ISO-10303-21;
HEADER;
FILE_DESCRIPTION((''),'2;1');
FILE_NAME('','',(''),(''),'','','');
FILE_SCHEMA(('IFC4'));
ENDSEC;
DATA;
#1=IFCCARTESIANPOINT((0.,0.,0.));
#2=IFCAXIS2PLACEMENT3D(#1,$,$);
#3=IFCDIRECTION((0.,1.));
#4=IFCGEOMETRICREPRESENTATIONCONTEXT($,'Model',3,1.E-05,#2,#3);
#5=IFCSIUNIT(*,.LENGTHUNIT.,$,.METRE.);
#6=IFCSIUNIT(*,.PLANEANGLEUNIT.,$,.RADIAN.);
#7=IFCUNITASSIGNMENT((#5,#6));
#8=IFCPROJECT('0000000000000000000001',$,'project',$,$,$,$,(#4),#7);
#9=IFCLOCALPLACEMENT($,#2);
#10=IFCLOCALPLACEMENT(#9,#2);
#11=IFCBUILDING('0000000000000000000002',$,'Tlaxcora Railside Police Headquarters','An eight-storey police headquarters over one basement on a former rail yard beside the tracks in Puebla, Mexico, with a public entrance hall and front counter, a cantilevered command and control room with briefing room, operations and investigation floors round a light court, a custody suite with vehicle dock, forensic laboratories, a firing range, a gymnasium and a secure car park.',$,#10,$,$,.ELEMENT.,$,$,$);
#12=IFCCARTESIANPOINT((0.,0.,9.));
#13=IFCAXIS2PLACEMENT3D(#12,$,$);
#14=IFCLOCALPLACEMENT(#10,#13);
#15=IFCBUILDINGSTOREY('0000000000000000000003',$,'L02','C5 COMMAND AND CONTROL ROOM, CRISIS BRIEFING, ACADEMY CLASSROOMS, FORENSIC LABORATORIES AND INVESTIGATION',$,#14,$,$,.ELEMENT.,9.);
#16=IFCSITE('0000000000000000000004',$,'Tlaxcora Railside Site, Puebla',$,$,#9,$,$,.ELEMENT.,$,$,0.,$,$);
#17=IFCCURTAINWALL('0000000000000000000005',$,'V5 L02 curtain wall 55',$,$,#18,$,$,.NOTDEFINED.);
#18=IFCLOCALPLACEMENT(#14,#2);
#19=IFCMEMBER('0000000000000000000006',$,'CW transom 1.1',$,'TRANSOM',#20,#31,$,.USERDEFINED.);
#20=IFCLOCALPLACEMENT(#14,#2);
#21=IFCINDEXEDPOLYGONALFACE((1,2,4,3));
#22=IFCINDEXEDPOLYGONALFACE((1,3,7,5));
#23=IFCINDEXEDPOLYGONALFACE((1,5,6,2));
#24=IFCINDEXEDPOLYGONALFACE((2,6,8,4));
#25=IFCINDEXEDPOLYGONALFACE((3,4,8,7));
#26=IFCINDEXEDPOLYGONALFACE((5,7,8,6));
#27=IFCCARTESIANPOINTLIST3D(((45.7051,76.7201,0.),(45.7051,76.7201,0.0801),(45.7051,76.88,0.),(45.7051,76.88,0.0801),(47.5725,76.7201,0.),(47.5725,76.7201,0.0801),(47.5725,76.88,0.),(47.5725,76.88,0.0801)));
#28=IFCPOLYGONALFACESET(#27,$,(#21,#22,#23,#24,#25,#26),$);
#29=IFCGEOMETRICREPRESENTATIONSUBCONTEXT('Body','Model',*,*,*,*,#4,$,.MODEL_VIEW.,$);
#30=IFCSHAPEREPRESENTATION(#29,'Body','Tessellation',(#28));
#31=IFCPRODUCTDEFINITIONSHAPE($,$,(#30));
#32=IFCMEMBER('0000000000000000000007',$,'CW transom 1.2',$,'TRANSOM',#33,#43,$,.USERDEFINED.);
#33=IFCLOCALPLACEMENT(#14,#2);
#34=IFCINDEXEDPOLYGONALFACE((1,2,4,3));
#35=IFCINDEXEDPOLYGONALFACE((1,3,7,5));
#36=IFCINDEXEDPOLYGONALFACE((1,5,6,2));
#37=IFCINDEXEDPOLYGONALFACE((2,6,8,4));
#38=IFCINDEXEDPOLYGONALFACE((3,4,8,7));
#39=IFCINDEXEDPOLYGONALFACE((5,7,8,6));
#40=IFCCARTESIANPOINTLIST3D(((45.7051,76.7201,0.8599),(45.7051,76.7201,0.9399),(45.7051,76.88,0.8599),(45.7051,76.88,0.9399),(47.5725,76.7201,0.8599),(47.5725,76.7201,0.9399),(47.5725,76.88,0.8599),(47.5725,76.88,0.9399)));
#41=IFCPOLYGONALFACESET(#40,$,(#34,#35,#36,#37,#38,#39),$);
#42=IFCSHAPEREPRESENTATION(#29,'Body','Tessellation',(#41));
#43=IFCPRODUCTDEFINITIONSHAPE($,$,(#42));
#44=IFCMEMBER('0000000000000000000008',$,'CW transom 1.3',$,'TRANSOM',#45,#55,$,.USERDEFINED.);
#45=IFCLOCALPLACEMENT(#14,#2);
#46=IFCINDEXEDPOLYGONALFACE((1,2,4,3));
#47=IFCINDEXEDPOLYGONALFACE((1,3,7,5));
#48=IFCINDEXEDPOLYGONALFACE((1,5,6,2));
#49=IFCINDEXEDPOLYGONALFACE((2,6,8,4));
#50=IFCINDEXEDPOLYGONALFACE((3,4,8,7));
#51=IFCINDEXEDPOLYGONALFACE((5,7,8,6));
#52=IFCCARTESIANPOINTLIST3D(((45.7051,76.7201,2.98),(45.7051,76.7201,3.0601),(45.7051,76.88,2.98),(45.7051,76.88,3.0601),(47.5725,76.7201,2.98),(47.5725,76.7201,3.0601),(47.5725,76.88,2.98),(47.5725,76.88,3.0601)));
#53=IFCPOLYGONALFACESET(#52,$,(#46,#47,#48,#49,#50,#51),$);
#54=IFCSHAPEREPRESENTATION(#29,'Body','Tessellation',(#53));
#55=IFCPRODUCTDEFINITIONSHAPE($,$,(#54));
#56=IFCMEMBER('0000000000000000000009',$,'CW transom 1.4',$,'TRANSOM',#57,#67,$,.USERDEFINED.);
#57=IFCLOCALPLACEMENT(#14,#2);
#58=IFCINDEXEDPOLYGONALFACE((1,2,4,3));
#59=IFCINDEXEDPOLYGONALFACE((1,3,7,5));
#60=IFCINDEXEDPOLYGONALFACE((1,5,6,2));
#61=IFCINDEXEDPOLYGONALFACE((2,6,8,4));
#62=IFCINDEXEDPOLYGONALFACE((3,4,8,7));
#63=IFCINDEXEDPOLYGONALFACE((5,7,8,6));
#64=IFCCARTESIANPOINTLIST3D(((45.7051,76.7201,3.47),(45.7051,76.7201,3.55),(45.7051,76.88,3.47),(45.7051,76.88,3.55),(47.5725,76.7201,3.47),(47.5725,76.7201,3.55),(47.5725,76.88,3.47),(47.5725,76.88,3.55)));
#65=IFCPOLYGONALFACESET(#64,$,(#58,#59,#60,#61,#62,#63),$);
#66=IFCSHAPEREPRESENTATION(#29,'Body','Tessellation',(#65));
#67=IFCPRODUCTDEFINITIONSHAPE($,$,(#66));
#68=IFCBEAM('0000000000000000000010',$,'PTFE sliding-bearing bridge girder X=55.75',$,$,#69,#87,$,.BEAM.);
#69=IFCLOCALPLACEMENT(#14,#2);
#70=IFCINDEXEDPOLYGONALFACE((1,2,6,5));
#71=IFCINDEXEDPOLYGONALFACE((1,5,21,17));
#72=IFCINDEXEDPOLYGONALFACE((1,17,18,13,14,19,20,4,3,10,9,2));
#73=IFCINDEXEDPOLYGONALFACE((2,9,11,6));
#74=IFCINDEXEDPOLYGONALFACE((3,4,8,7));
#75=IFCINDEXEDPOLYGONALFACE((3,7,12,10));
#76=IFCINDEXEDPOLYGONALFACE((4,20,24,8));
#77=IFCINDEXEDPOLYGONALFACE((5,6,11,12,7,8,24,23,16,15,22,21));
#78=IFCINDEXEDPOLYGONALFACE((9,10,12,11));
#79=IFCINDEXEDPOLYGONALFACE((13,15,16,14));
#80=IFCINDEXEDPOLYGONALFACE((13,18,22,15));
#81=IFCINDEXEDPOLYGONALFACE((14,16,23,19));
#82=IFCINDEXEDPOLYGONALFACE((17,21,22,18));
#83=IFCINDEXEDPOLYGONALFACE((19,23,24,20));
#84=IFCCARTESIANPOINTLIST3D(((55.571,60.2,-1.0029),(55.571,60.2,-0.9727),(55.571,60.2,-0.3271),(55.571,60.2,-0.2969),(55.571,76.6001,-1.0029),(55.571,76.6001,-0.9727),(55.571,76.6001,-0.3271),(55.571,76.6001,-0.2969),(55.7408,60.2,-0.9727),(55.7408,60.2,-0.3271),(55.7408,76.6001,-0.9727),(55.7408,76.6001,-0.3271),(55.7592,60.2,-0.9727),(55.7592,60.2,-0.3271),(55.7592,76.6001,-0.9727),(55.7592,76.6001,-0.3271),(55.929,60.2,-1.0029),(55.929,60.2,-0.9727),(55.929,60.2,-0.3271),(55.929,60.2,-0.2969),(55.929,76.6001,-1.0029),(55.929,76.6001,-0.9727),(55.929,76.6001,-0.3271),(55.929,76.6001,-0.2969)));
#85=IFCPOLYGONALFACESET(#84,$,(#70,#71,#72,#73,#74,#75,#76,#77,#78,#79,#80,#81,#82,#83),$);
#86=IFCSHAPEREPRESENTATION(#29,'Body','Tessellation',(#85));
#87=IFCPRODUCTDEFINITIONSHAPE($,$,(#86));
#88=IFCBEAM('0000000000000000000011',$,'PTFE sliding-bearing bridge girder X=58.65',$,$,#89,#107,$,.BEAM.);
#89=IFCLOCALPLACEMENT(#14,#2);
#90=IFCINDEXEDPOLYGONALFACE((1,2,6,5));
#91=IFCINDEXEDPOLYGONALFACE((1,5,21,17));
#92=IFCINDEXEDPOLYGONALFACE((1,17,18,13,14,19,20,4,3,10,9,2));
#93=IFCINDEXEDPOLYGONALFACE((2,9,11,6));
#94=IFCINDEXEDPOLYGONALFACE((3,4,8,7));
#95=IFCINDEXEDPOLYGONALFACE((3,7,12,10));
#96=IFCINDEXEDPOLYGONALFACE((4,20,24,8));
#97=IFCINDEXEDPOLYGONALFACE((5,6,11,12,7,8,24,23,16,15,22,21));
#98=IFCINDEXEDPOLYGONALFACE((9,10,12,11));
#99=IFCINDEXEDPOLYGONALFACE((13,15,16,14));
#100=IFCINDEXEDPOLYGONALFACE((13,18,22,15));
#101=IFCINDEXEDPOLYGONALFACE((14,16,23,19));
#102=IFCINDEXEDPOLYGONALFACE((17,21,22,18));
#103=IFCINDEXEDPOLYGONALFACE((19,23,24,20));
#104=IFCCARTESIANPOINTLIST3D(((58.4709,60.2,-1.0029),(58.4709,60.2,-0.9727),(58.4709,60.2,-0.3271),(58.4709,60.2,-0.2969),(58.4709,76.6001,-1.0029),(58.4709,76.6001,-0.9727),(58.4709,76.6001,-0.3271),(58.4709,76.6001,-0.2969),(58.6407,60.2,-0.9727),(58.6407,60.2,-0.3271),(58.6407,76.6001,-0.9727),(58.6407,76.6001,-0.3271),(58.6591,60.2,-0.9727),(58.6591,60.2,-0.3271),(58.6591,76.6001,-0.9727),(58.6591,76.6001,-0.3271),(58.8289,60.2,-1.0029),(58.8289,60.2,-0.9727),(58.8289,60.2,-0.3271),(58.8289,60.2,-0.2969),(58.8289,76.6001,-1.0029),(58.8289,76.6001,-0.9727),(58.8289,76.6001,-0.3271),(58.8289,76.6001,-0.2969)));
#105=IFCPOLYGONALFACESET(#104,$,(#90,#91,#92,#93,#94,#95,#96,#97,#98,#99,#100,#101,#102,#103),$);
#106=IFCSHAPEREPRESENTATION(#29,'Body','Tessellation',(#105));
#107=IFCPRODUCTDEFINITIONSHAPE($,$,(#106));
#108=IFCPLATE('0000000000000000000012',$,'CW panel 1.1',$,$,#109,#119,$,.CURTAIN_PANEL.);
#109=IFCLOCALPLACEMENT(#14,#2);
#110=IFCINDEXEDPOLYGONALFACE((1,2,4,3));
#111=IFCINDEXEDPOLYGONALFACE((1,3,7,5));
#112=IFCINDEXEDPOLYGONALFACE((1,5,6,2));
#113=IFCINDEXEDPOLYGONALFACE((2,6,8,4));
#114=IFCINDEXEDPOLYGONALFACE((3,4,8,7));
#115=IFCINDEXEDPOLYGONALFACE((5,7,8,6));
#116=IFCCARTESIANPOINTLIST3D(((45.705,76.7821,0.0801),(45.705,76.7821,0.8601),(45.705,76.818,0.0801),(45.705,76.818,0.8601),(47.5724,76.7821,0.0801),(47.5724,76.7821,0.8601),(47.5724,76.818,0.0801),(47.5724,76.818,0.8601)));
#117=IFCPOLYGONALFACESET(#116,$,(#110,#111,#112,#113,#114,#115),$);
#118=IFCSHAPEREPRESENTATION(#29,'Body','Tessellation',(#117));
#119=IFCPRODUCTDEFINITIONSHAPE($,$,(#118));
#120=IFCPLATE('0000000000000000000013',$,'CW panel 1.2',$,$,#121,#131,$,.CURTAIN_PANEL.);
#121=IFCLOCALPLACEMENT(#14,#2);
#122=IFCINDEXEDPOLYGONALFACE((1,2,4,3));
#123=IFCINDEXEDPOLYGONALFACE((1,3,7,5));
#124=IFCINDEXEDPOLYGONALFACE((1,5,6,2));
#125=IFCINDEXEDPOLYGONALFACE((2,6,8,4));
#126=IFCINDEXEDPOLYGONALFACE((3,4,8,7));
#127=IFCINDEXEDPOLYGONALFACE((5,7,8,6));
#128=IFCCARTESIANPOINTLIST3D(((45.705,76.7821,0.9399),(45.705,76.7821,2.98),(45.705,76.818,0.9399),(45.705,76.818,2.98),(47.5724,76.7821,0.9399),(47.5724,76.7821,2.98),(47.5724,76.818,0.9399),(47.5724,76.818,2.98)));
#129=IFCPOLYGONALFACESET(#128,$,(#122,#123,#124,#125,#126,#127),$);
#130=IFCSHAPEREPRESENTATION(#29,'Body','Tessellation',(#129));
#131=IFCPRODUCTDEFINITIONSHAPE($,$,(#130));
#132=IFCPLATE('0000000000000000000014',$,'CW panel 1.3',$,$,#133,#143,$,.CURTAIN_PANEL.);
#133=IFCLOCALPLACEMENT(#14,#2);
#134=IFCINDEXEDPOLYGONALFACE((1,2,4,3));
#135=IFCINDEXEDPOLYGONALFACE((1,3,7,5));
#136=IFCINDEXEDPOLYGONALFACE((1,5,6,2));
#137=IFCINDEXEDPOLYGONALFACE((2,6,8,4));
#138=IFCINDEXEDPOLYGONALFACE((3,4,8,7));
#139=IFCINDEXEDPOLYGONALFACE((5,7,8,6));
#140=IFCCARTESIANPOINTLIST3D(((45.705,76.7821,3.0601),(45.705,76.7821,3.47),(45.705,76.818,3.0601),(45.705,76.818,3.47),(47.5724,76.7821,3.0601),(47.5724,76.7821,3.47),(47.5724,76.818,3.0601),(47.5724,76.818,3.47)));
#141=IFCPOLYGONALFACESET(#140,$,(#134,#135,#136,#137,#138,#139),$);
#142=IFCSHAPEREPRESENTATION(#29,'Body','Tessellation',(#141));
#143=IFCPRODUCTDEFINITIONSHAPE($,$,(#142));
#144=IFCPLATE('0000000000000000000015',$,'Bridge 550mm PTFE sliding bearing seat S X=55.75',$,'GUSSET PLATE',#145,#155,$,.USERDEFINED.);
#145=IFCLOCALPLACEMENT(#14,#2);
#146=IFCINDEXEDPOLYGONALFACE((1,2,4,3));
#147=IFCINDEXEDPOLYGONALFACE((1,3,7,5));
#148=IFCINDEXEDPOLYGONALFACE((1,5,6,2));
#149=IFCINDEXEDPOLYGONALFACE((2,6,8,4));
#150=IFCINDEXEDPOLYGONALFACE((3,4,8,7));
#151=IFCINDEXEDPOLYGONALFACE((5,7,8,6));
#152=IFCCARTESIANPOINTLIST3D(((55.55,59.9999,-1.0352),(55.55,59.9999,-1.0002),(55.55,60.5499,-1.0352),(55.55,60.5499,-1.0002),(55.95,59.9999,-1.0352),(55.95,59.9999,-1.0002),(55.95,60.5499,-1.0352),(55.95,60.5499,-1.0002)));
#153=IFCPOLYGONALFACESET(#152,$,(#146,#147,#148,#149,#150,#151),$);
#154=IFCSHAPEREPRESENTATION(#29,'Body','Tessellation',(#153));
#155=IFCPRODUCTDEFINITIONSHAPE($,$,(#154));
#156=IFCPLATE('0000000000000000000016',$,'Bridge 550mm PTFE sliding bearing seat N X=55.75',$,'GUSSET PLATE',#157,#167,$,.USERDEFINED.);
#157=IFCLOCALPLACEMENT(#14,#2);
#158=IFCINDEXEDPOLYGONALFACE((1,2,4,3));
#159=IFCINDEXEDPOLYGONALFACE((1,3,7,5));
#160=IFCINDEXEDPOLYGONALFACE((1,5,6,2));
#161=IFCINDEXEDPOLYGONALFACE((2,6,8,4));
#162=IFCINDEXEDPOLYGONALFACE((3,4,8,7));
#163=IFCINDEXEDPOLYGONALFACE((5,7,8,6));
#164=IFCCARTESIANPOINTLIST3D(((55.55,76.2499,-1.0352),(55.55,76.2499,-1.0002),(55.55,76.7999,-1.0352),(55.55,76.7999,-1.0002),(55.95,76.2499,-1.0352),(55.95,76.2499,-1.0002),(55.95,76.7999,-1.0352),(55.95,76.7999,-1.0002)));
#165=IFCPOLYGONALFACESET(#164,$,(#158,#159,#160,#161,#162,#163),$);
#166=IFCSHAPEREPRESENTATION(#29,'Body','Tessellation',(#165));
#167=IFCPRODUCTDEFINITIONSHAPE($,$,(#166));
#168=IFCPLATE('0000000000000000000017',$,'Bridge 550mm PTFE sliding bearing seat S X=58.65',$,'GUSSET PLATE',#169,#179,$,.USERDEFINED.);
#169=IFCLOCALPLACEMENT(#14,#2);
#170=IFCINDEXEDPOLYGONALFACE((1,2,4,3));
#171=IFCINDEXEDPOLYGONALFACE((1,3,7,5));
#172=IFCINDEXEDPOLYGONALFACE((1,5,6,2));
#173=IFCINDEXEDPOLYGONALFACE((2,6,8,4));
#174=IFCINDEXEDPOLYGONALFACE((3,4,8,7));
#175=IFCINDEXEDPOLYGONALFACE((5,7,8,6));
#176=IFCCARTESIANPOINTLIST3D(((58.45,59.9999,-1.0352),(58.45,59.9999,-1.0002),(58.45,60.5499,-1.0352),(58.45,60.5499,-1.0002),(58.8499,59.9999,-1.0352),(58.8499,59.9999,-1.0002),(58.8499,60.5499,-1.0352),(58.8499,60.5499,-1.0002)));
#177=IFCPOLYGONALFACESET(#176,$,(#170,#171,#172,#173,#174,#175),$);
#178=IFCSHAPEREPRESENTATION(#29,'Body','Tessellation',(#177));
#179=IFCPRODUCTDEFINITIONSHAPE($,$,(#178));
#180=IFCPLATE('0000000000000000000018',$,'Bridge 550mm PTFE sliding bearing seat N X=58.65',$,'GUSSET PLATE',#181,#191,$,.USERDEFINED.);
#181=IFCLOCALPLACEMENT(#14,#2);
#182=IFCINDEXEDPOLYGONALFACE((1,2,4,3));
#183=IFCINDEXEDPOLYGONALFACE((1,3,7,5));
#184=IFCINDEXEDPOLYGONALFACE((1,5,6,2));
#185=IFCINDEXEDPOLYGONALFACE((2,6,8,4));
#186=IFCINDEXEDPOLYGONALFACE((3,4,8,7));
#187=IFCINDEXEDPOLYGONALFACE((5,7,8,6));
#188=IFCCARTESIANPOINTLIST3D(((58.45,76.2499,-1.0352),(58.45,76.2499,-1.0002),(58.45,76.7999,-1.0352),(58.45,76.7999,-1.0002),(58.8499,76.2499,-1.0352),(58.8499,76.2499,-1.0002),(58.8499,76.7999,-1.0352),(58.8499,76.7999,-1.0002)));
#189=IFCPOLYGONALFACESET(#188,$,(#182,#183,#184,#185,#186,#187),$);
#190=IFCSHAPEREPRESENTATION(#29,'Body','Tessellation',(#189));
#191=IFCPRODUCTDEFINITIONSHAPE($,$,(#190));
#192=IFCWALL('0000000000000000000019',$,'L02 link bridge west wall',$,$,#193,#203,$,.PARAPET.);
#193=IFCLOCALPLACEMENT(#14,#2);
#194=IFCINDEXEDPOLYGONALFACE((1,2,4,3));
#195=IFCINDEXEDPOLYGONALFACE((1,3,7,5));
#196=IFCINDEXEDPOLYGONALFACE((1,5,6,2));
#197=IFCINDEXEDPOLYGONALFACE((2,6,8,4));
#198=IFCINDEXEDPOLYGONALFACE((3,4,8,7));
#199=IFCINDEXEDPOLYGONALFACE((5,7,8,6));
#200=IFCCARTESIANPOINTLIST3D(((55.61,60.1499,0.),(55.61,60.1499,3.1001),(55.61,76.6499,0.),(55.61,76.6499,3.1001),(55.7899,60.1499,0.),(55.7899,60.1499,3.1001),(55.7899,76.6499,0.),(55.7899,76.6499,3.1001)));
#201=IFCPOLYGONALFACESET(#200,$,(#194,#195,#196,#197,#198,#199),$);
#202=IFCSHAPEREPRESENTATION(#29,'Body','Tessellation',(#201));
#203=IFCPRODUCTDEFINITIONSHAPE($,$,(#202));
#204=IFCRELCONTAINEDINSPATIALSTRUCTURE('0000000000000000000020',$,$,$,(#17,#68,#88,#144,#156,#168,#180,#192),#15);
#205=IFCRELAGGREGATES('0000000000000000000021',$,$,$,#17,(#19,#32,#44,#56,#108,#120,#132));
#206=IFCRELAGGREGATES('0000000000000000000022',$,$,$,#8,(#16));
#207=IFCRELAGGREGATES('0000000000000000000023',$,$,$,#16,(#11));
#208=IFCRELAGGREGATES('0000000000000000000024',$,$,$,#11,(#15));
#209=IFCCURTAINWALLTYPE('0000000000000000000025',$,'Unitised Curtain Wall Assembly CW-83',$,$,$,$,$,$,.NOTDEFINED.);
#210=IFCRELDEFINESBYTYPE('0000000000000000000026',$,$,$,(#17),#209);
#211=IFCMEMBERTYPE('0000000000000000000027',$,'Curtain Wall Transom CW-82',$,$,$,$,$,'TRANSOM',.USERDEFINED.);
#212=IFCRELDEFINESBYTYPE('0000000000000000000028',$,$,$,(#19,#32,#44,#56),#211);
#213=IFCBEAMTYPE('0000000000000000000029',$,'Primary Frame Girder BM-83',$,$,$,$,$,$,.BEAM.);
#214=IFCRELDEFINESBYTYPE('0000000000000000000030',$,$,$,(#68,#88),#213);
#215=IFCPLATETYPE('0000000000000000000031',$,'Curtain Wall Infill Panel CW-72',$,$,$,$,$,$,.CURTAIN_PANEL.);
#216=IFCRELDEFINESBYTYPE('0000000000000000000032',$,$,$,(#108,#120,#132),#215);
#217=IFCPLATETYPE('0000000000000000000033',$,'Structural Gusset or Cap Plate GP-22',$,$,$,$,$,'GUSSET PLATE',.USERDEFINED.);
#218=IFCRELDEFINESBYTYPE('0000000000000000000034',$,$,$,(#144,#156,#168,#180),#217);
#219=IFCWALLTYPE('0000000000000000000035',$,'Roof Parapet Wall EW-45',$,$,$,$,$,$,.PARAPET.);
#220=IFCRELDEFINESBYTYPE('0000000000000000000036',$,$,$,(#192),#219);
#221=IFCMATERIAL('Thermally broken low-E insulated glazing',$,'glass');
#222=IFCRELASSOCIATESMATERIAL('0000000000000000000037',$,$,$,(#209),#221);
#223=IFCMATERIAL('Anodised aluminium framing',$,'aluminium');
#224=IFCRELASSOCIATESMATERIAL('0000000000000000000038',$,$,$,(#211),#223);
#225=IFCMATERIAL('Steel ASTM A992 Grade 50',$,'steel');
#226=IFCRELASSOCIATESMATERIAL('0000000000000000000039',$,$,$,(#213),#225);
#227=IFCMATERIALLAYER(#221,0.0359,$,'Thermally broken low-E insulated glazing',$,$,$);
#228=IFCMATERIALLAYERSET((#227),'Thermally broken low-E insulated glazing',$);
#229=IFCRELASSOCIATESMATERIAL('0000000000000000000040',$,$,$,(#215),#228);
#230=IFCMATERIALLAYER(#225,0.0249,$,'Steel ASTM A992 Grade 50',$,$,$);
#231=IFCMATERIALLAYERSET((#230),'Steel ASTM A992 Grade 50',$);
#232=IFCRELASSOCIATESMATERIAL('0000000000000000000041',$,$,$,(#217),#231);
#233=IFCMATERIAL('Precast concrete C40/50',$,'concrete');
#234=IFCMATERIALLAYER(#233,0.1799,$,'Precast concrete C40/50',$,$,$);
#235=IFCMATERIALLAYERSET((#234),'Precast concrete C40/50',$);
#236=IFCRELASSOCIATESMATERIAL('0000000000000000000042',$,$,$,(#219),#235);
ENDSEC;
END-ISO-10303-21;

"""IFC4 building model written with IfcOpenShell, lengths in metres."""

from ifc_helpers import new_model, si_unit, direction, frame, frame_2d, origin, origin_2d, place, context, subcontext, project, spatial, rectangle, i_section, extrude, material, layer, layer_set, material_profile, profile_set, type_object, element, aggregate, save


model = new_model("IFC4")

# Units and contexts
model_context = context("Model", 3, precision=1e-05, world=origin(), true_north=direction((0.0, 1.0)))
body_context = subcontext(model_context, "Body", "Model", "MODEL_VIEW")
ifc_project = project(units=[si_unit("LENGTHUNIT", "METRE"), si_unit("PLANEANGLEUNIT", "RADIAN")], contexts=[model_context])

# Site, building, storey
site_placement = place(None, origin())
site = spatial("IfcSite", under=ifc_project, at=site_placement, Name="Tlaxcora Railside Site, Puebla", CompositionType="ELEMENT", RefElevation=0.0)
building_placement = place(site_placement, origin())
building = spatial("IfcBuilding", under=site, at=building_placement, Name="Tlaxcora Railside Police Headquarters", Description="An eight-storey police headquarters over one basement on a former rail yard beside the tracks in Puebla, Mexico, with a public entrance hall and front counter, a cantilevered command and control room with briefing room, operations and investigation floors round a light court, a custody suite with vehicle dock, forensic laboratories, a firing range, a gymnasium and a secure car park.", CompositionType="ELEMENT")
storey_placement = place(building_placement, frame((0.0, 0.0, 9.0)))
storey = spatial("IfcBuildingStorey", under=building, at=storey_placement, Name="L02", Description="C5 COMMAND AND CONTROL ROOM, CRISIS BRIEFING, ACADEMY CLASSROOMS, FORENSIC LABORATORIES AND INVESTIGATION", CompositionType="ELEMENT", Elevation=9.0)

# Curtain wall, members
ifc_material_1 = material(Name="Thermally broken low-E insulated glazing", Category="glass")
curtain_wall_type = type_object("IfcCurtainWallType", Name="Unitised Curtain Wall Assembly CW-83", PredefinedType="NOTDEFINED", material=ifc_material_1)
curtain_wall_placement = place(storey_placement, origin())
curtain_wall = element("IfcCurtainWall", 1, at=curtain_wall_placement, inside=storey, type_object=curtain_wall_type, Name="V5 L02 curtain wall 55", PredefinedType="NOTDEFINED")
ifc_material_2 = material(Name="Anodised aluminium framing", Category="aluminium")
ifc_material_profile_1 = material_profile(ifc_material_2, rectangle(XDim=0.1599, YDim=0.0801, at=origin_2d()), Name="AL80X160")
ifc_profile_set_1 = profile_set([ifc_material_profile_1], Name="Anodised aluminium framing")
member_type = type_object("IfcMemberType", Name="Curtain Wall Transom CW-82", ElementType="TRANSOM", PredefinedType="USERDEFINED", material=ifc_profile_set_1)
member_1_placement = place(storey_placement, frame((45.7051, 76.8, 0.04), z_axis=(1.0, 0.0, 0.0), x_axis=(0.0, 1.0, 0.0)))
member_1 = element("IfcMember", 2, at=member_1_placement, type_object=member_type, Name="CW transom 1.1", ObjectType="TRANSOM", PredefinedType="USERDEFINED", context=body_context, shape_type="SweptSolid", body=[
    extrude(rectangle(XDim=0.1599, YDim=0.0801, at=origin_2d()), origin(), (0.0, 0.0, 1.0), 1.8674),
])
member_2_placement = place(storey_placement, frame((45.7051, 76.8, 0.8999), z_axis=(1.0, 0.0, 0.0), x_axis=(0.0, 1.0, 0.0)))
member_2 = element("IfcMember", 3, at=member_2_placement, type_object=member_type, Name="CW transom 1.2", ObjectType="TRANSOM", PredefinedType="USERDEFINED", context=body_context, shape_type="SweptSolid", body=[
    extrude(rectangle(XDim=0.1599, YDim=0.0801, at=origin_2d()), origin(), (0.0, 0.0, 1.0), 1.8674),
])
member_3_placement = place(storey_placement, frame((45.7051, 76.8, 3.02), z_axis=(1.0, 0.0, 0.0), x_axis=(0.0, 1.0, 0.0)))
member_3 = element("IfcMember", 4, at=member_3_placement, type_object=member_type, Name="CW transom 1.3", ObjectType="TRANSOM", PredefinedType="USERDEFINED", context=body_context, shape_type="SweptSolid", body=[
    extrude(rectangle(XDim=0.1599, YDim=0.0801, at=origin_2d()), origin(), (0.0, 0.0, 1.0), 1.8674),
])
member_4_placement = place(storey_placement, frame((45.7051, 76.8, 3.51), z_axis=(1.0, 0.0, 0.0), x_axis=(0.0, 1.0, 0.0)))
member_4 = element("IfcMember", 5, at=member_4_placement, type_object=member_type, Name="CW transom 1.4", ObjectType="TRANSOM", PredefinedType="USERDEFINED", context=body_context, shape_type="SweptSolid", body=[
    extrude(rectangle(XDim=0.1599, YDim=0.0801, at=origin_2d()), origin(), (0.0, 0.0, 1.0), 1.8674),
])

# Beams
ifc_material_3 = material(Name="Steel ASTM A992 Grade 50", Category="steel")
ifc_material_profile_2 = material_profile(ifc_material_3, i_section(OverallWidth=0.3579, OverallDepth=0.7061, WebThickness=0.0183, FlangeThickness=0.0303, at=origin_2d()), Name="W27X178")
ifc_profile_set_2 = profile_set([ifc_material_profile_2], Name="Steel ASTM A992 Grade 50")
beam_type = type_object("IfcBeamType", Name="Primary Frame Girder BM-83", PredefinedType="BEAM", material=ifc_profile_set_2)
for number, where, z_axis, x_axis, name in (
    (6, (55.75, 60.2, -0.6499), (0.0, 1.0, 0.0), (-1.0, 0.0, 0.0), "PTFE sliding-bearing bridge girder X=55.75"),
    (7, (58.6499, 60.2, -0.6499), (0.0, 1.0, 0.0), (-1.0, 0.0, 0.0), "PTFE sliding-bearing bridge girder X=58.65"),
):
    element("IfcBeam", number, at=place(storey_placement, frame(where, z_axis=z_axis, x_axis=x_axis)), inside=storey, type_object=beam_type, Name=name, PredefinedType="BEAM", context=body_context, shape_type="SweptSolid", body=[
        extrude(i_section(OverallWidth=0.3579, OverallDepth=0.7061, WebThickness=0.0183, FlangeThickness=0.0303, at=origin_2d()), origin(), (0.0, 0.0, 1.0), 16.4001),
    ])

# Plates
ifc_layer_1 = layer(ifc_material_1, 0.0359, Name="Thermally broken low-E insulated glazing")
ifc_layer_set_1 = layer_set([ifc_layer_1], Name="Thermally broken low-E insulated glazing")
plate_type_1 = type_object("IfcPlateType", Name="Curtain Wall Infill Panel CW-72", PredefinedType="CURTAIN_PANEL", material=ifc_layer_set_1)
plate_1_placement = place(storey_placement, frame((46.6387, 76.8, 0.0801), z_axis=(0.0, 0.0, 1.0), x_axis=(1.0, 0.0, 0.0)))
plate_1 = element("IfcPlate", 8, at=plate_1_placement, type_object=plate_type_1, Name="CW panel 1.1", PredefinedType="CURTAIN_PANEL", context=body_context, shape_type="SweptSolid", body=[
    extrude(rectangle(XDim=1.8674, YDim=0.0359, at=origin_2d()), origin(), (0.0, 0.0, 1.0), 0.78),
])
plate_2_placement = place(storey_placement, frame((46.6387, 76.8, 0.9399), z_axis=(0.0, 0.0, 1.0), x_axis=(1.0, 0.0, 0.0)))
plate_2 = element("IfcPlate", 9, at=plate_2_placement, type_object=plate_type_1, Name="CW panel 1.2", PredefinedType="CURTAIN_PANEL", context=body_context, shape_type="SweptSolid", body=[
    extrude(rectangle(XDim=1.8674, YDim=0.0359, at=origin_2d()), origin(), (0.0, 0.0, 1.0), 2.04),
])
plate_3_placement = place(storey_placement, frame((46.6387, 76.8, 3.0601), z_axis=(0.0, 0.0, 1.0), x_axis=(1.0, 0.0, 0.0)))
plate_3 = element("IfcPlate", 10, at=plate_3_placement, type_object=plate_type_1, Name="CW panel 1.3", PredefinedType="CURTAIN_PANEL", context=body_context, shape_type="SweptSolid", body=[
    extrude(rectangle(XDim=1.8674, YDim=0.0359, at=origin_2d()), origin(), (0.0, 0.0, 1.0), 0.4099),
])
aggregate(curtain_wall, [member_1, member_2, member_3, member_4, plate_1, plate_2, plate_3])

# Plates
ifc_layer_2 = layer(ifc_material_3, 0.0249, Name="Steel ASTM A992 Grade 50")
ifc_layer_set_2 = layer_set([ifc_layer_2], Name="Steel ASTM A992 Grade 50")
plate_type_2 = type_object("IfcPlateType", Name="Structural Gusset or Cap Plate GP-22", ElementType="GUSSET PLATE", PredefinedType="USERDEFINED", material=ifc_layer_set_2)
for number, where, z_axis, x_axis, name in (
    (11, (55.75, 60.2749, -1.0352), (0.0, 0.0, 1.0), (1.0, 0.0, 0.0), "Bridge 550mm PTFE sliding bearing seat S X=55.75"),
    (12, (55.75, 76.5249, -1.0352), (0.0, 0.0, 1.0), (1.0, 0.0, 0.0), "Bridge 550mm PTFE sliding bearing seat N X=55.75"),
    (13, (58.6499, 60.2749, -1.0352), (0.0, 0.0, 1.0), (1.0, 0.0, 0.0), "Bridge 550mm PTFE sliding bearing seat S X=58.65"),
    (14, (58.6499, 76.5249, -1.0352), (0.0, 0.0, 1.0), (1.0, 0.0, 0.0), "Bridge 550mm PTFE sliding bearing seat N X=58.65"),
):
    element("IfcPlate", number, at=place(storey_placement, frame(where, z_axis=z_axis, x_axis=x_axis)), inside=storey, type_object=plate_type_2, Name=name, ObjectType="GUSSET PLATE", PredefinedType="USERDEFINED", context=body_context, shape_type="SweptSolid", body=[
        extrude(rectangle(XDim=0.3999, YDim=0.55, at=origin_2d()), origin(), (0.0, 0.0, 1.0), 0.0349),
    ])

# Wall
ifc_material_4 = material(Name="Precast concrete C40/50", Category="concrete")
ifc_layer_3 = layer(ifc_material_4, 0.1799, Name="Precast concrete C40/50")
ifc_layer_set_3 = layer_set([ifc_layer_3], Name="Precast concrete C40/50")
wall_type = type_object("IfcWallType", Name="Roof Parapet Wall EW-45", PredefinedType="PARAPET", material=ifc_layer_set_3)
wall_placement = place(storey_placement, frame((55.7, 60.1499, 0.0), z_axis=(0.0, 0.0, 1.0), x_axis=(0.0, 1.0, 0.0)))
element("IfcWall", 15, at=wall_placement, inside=storey, type_object=wall_type, Name="L02 link bridge west wall", PredefinedType="PARAPET", context=body_context, shape_type="SweptSolid", body=[
    extrude(rectangle(XDim=16.5, YDim=0.1799, at=frame_2d((8.25, 0.0))), origin(), (0.0, 0.0, 1.0), 3.1001),
])

save(model, "model.ifc")
